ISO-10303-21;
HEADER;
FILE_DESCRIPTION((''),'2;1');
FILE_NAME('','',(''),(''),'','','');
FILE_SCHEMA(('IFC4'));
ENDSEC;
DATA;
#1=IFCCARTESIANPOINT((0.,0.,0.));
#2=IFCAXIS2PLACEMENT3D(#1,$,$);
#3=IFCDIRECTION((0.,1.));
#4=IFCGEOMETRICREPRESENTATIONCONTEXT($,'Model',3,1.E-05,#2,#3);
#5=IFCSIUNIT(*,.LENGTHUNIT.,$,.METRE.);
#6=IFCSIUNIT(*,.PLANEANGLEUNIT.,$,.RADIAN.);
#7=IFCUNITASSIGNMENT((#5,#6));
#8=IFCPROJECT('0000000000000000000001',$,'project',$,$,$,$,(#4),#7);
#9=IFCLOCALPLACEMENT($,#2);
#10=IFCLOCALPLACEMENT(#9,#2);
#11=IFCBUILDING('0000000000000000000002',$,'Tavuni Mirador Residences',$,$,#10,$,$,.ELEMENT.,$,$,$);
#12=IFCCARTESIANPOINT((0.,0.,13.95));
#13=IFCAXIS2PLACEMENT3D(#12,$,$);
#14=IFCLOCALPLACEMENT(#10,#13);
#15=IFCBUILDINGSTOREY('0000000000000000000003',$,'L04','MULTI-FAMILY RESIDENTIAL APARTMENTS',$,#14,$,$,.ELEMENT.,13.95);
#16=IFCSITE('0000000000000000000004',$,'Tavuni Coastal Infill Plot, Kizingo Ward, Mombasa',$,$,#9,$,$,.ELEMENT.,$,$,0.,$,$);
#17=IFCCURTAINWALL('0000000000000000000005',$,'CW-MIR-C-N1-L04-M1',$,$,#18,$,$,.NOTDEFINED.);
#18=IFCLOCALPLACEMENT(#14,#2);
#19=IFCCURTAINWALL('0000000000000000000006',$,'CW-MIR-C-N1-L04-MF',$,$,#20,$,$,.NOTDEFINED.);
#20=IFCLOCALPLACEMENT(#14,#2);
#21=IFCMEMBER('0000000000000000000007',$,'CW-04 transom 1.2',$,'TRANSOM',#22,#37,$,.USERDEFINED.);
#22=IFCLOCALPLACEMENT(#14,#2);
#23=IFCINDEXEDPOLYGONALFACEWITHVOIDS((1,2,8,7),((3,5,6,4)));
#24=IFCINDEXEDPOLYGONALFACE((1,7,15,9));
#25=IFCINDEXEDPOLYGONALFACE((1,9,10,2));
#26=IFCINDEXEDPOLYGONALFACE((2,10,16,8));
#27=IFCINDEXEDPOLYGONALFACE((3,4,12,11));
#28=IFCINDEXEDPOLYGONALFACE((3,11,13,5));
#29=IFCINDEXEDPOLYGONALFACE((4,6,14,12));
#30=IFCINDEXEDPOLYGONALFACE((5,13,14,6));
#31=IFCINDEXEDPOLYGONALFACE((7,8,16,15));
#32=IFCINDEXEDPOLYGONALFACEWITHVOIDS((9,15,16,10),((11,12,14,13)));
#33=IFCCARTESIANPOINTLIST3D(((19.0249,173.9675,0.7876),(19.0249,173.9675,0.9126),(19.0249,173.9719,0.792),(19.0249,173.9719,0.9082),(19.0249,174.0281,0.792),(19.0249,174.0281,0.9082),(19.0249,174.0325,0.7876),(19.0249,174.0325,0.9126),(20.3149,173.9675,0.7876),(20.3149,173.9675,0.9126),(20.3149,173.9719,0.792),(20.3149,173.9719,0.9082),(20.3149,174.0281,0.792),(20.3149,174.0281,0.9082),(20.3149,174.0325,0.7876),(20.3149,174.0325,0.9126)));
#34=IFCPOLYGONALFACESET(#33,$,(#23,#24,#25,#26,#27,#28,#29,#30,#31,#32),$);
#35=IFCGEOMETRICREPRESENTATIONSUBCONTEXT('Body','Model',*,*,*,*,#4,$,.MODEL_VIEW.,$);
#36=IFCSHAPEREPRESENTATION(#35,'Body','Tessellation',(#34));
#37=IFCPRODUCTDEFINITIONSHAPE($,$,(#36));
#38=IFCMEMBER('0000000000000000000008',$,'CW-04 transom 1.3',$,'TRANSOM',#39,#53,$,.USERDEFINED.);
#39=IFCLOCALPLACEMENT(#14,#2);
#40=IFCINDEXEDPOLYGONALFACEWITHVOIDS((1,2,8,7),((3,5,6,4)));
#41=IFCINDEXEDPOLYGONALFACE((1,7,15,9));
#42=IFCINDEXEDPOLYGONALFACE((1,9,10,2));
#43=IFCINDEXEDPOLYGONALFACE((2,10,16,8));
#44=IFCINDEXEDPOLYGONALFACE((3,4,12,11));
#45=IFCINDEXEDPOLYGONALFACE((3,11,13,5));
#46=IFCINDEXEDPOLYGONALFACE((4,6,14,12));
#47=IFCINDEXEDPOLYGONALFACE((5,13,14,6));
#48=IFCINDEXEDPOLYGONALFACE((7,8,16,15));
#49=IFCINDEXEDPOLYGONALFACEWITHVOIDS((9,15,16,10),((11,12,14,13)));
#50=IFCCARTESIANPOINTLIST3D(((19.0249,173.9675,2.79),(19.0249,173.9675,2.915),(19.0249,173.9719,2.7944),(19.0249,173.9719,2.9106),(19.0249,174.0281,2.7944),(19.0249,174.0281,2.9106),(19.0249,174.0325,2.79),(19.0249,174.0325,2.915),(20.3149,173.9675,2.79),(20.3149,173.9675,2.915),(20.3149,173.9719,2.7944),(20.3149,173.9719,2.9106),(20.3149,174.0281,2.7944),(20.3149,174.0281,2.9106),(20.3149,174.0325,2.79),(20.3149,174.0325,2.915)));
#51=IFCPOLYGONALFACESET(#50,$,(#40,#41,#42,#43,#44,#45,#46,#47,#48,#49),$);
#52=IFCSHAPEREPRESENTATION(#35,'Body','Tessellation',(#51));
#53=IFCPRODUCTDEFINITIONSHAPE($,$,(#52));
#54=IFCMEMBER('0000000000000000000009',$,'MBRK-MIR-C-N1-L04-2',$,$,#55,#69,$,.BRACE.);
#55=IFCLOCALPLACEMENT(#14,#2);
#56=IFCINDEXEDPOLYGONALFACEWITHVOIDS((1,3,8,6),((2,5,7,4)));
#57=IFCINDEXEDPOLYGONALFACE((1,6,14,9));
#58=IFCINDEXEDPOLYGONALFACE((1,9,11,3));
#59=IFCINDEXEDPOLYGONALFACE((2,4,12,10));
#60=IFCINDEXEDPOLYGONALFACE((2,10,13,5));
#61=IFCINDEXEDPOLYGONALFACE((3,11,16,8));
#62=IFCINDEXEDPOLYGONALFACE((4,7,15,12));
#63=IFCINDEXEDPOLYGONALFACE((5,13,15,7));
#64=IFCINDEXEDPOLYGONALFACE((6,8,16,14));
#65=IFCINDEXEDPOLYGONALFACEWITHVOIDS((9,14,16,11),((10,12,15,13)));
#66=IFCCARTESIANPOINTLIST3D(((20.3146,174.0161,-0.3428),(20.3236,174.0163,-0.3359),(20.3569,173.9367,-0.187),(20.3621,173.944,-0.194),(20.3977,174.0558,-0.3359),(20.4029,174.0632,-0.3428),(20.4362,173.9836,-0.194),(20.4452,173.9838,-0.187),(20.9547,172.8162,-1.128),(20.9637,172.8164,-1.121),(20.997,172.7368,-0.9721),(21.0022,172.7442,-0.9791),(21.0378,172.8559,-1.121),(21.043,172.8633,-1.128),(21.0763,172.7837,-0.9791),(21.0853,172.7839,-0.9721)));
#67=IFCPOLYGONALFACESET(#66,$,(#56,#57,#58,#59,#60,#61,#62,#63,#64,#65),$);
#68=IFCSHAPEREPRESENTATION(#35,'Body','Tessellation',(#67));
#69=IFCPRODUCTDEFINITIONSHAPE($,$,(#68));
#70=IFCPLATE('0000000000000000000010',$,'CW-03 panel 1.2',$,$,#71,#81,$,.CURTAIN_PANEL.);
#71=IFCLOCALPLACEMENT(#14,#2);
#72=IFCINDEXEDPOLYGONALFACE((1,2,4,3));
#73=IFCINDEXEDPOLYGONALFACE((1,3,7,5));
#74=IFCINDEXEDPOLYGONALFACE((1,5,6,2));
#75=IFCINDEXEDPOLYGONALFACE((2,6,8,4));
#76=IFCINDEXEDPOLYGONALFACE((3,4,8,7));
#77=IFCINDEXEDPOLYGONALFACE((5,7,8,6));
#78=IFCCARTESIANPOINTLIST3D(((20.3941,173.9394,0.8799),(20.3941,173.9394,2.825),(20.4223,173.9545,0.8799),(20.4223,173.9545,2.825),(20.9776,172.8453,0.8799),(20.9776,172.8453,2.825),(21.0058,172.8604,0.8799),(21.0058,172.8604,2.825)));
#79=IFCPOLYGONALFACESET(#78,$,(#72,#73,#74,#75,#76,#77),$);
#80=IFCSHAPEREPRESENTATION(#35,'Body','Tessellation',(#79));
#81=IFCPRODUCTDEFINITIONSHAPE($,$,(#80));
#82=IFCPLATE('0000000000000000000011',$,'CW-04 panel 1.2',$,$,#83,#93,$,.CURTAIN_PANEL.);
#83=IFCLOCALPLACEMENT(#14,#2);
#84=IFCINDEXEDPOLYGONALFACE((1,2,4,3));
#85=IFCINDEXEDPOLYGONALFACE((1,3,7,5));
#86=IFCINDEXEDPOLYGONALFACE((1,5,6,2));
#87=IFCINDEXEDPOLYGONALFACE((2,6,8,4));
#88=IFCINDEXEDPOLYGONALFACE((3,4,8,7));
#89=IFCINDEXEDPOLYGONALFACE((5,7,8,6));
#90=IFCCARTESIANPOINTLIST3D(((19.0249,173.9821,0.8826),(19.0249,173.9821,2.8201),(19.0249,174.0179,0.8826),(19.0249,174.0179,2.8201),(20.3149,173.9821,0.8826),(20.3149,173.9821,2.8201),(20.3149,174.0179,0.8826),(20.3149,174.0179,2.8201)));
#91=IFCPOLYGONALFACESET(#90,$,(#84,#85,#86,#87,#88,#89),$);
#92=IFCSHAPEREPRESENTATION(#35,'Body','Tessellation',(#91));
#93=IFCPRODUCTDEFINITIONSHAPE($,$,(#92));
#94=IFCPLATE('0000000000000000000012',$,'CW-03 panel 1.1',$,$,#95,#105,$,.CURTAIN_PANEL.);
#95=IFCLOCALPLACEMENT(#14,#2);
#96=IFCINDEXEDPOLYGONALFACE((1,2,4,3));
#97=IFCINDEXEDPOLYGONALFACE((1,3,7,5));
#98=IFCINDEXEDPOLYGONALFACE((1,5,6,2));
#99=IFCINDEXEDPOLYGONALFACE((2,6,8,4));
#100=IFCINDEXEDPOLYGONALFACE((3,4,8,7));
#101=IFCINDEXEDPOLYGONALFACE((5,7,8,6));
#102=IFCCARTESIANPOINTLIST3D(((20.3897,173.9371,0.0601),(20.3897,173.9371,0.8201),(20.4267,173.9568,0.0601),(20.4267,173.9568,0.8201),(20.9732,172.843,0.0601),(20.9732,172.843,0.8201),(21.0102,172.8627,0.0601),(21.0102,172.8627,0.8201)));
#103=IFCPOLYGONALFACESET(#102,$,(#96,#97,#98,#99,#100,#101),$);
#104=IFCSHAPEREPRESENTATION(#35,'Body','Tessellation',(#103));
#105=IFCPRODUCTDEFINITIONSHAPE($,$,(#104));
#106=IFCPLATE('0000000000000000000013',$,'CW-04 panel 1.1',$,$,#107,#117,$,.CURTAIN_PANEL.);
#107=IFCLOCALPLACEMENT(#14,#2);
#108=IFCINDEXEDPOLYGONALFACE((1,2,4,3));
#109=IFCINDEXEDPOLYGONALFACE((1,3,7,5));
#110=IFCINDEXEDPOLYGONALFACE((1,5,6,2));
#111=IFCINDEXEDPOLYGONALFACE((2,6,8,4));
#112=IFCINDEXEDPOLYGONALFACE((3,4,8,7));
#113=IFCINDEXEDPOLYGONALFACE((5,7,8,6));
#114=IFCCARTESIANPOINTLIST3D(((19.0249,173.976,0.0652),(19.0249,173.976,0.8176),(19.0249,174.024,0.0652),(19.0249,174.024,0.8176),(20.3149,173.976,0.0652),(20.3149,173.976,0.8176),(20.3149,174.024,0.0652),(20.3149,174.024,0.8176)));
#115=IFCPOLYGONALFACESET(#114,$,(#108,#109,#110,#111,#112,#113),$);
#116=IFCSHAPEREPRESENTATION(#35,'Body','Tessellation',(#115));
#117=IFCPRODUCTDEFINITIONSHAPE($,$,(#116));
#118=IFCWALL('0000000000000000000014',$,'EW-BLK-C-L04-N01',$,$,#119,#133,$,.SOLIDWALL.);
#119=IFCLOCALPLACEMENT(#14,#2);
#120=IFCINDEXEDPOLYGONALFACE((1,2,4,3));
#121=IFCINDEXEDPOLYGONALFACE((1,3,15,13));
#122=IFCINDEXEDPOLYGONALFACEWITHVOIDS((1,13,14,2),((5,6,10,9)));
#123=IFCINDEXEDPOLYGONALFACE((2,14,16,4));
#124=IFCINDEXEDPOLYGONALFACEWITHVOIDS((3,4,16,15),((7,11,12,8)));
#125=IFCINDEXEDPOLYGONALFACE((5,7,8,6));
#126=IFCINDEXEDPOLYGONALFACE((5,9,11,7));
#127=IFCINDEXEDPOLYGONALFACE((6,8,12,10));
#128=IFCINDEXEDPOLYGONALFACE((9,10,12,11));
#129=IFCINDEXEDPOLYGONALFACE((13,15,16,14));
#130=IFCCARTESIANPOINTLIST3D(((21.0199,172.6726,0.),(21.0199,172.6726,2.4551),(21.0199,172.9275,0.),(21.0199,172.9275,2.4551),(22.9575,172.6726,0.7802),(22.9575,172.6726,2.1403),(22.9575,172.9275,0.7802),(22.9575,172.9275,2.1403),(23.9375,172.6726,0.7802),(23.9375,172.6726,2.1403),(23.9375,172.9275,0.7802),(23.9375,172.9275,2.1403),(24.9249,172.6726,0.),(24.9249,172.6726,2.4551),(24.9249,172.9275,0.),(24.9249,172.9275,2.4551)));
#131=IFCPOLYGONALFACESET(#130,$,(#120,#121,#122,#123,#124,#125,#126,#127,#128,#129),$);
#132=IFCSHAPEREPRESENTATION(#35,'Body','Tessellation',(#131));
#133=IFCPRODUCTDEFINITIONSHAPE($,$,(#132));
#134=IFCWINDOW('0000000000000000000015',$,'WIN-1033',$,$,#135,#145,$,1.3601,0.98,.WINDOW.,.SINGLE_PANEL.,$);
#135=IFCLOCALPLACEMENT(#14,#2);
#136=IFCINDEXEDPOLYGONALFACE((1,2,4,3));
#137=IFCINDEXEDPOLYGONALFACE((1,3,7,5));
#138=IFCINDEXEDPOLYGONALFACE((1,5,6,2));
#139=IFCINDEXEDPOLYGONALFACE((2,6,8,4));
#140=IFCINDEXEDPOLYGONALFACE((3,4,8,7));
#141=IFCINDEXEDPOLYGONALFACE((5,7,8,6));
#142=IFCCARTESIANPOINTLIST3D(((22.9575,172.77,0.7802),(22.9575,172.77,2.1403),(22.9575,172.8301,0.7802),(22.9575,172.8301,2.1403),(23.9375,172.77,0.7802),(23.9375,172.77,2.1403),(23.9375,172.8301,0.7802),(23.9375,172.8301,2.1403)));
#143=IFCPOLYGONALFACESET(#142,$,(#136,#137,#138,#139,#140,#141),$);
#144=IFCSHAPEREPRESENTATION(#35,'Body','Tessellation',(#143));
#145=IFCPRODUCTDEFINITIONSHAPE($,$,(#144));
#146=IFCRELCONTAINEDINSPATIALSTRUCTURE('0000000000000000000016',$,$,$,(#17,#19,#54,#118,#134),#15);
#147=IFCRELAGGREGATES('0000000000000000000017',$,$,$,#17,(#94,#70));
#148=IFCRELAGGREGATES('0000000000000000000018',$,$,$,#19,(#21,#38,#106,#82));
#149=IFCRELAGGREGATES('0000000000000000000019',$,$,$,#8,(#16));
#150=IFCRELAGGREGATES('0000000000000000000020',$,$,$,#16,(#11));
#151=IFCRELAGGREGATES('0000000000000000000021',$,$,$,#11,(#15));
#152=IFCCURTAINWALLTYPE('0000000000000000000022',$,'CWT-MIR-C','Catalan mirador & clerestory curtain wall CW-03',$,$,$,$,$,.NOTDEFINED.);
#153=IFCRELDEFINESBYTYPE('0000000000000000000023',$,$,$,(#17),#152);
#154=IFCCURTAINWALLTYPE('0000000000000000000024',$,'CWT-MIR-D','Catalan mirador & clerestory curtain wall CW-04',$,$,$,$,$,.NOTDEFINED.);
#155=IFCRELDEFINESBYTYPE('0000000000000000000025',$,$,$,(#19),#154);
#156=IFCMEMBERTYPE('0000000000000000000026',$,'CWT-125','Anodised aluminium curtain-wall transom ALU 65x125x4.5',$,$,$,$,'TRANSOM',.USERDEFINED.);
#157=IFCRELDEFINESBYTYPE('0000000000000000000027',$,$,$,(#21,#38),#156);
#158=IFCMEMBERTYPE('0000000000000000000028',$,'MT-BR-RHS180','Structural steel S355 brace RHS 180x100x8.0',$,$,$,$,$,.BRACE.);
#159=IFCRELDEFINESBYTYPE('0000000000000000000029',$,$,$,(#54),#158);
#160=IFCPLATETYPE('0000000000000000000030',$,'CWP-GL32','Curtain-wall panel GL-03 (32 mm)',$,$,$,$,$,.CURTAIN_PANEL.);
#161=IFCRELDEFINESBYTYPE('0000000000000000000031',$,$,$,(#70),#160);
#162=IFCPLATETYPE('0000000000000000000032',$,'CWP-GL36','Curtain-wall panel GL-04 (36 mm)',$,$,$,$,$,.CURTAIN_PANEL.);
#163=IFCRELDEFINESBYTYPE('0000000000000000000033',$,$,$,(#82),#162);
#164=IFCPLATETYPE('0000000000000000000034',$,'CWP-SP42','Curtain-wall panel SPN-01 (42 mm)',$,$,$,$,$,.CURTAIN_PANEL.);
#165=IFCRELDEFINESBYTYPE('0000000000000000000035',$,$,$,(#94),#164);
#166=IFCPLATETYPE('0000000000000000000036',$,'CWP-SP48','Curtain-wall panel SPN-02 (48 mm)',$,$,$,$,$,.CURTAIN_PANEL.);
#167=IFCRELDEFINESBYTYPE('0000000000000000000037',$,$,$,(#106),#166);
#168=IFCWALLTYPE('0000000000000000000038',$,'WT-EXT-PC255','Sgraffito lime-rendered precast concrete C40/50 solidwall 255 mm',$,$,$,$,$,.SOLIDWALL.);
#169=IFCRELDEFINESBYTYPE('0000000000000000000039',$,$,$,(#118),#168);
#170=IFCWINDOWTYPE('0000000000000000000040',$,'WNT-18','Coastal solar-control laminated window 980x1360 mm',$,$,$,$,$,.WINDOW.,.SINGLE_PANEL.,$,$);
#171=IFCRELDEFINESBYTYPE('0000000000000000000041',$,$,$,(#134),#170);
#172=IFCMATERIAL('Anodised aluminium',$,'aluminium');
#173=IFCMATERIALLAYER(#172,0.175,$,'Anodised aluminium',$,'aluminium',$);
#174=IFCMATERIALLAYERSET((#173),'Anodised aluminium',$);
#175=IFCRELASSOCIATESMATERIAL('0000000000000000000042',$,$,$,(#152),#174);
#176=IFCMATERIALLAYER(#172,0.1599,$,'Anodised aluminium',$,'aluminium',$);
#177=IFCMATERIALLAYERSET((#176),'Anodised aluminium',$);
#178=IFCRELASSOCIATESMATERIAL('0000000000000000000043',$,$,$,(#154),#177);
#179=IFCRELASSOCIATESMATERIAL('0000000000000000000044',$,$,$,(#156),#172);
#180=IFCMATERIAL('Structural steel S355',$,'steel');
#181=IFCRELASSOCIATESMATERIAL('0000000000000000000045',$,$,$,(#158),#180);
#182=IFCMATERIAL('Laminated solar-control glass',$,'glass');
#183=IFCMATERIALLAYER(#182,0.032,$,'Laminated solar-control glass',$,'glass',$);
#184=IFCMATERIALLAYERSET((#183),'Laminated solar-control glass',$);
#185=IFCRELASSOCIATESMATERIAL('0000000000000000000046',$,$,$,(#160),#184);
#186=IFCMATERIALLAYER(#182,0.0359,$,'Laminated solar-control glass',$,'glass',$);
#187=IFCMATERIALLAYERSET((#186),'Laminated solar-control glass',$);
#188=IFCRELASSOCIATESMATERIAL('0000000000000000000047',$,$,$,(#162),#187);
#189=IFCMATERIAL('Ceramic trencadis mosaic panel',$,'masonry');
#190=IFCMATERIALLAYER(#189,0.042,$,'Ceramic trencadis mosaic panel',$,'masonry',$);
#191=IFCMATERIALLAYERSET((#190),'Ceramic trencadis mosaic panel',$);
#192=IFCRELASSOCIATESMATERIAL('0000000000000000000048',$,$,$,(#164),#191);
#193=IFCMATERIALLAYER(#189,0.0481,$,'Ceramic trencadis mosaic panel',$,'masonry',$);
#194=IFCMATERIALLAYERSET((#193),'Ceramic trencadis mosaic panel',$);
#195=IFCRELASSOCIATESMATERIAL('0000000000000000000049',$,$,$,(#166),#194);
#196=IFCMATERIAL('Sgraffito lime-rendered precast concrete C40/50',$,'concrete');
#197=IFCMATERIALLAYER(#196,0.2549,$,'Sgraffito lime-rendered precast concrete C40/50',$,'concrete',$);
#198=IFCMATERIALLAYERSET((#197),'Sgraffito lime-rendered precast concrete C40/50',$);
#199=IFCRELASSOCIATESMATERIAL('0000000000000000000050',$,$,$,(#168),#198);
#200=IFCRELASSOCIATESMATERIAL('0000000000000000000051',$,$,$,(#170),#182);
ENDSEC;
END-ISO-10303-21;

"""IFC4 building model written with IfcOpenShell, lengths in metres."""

from ifc_helpers import new_model, si_unit, direction, frame, frame_2d, origin, origin_2d, place, context, subcontext, project, spatial, rectangle, hollow_rectangle, extrude, material, layer, layer_set, material_profile, profile_set, type_object, element, fill, aggregate, save


model = new_model("IFC4")

# Units and contexts
model_context = context("Model", 3, precision=1e-05, world=origin(), true_north=direction((0.0, 1.0)))
body_context = subcontext(model_context, "Body", "Model", "MODEL_VIEW")
ifc_project = project(units=[si_unit("LENGTHUNIT", "METRE"), si_unit("PLANEANGLEUNIT", "RADIAN")], contexts=[model_context])

# Site, building, storey
site_placement = place(None, origin())
site = spatial("IfcSite", under=ifc_project, at=site_placement, Name="Tavuni Coastal Infill Plot, Kizingo Ward, Mombasa", CompositionType="ELEMENT", RefElevation=0.0)
building_placement = place(site_placement, origin())
building = spatial("IfcBuilding", under=site, at=building_placement, Name="Tavuni Mirador Residences", CompositionType="ELEMENT")
storey_placement = place(building_placement, frame((0.0, 0.0, 13.95)))
storey = spatial("IfcBuildingStorey", under=building, at=storey_placement, Name="L04", Description="MULTI-FAMILY RESIDENTIAL APARTMENTS", CompositionType="ELEMENT", Elevation=13.95)

# Curtain walls
ifc_material_1 = material(Name="Anodised aluminium", Category="aluminium")
ifc_layer_1 = layer(ifc_material_1, 0.175, Name="Anodised aluminium", Category="aluminium")
ifc_layer_set_1 = layer_set([ifc_layer_1], Name="Anodised aluminium")
curtain_wall_type_1 = type_object("IfcCurtainWallType", Name="CWT-MIR-C", Description="Catalan mirador & clerestory curtain wall CW-03", PredefinedType="NOTDEFINED", material=ifc_layer_set_1)
curtain_wall_1_placement = place(storey_placement, origin())
curtain_wall_1 = element("IfcCurtainWall", 1, at=curtain_wall_1_placement, inside=storey, type_object=curtain_wall_type_1, Name="CW-MIR-C-N1-L04-M1", PredefinedType="NOTDEFINED")
ifc_layer_2 = layer(ifc_material_1, 0.1599, Name="Anodised aluminium", Category="aluminium")
ifc_layer_set_2 = layer_set([ifc_layer_2], Name="Anodised aluminium")
curtain_wall_type_2 = type_object("IfcCurtainWallType", Name="CWT-MIR-D", Description="Catalan mirador & clerestory curtain wall CW-04", PredefinedType="NOTDEFINED", material=ifc_layer_set_2)
curtain_wall_2_placement = place(storey_placement, origin())
curtain_wall_2 = element("IfcCurtainWall", 2, at=curtain_wall_2_placement, inside=storey, type_object=curtain_wall_type_2, Name="CW-MIR-C-N1-L04-MF", PredefinedType="NOTDEFINED")

# Members
ifc_material_profile_1 = material_profile(ifc_material_1, hollow_rectangle(XDim=0.0649, YDim=0.125, WallThickness=0.0044, at=origin_2d()), Name="ALU 65x125x4.5", Category="aluminium")
ifc_profile_set_1 = profile_set([ifc_material_profile_1], Name="Anodised aluminium")
member_type_1 = type_object("IfcMemberType", Name="CWT-125", Description="Anodised aluminium curtain-wall transom ALU 65x125x4.5", ElementType="TRANSOM", PredefinedType="USERDEFINED", material=ifc_profile_set_1)
member_1_placement = place(storey_placement, frame((20.3149, 174.0, 0.8501), z_axis=(-1.0, 0.0, 0.0), x_axis=(0.0, -1.0, 0.0)))
member_1 = element("IfcMember", 3, at=member_1_placement, type_object=member_type_1, Name="CW-04 transom 1.2", ObjectType="TRANSOM", PredefinedType="USERDEFINED", context=body_context, shape_type="SweptSolid", body=[
    extrude(hollow_rectangle(XDim=0.0649, YDim=0.125, WallThickness=0.0044, at=origin_2d()), origin(), (0.0, 0.0, 1.0), 1.29),
])
member_2_placement = place(storey_placement, frame((20.3149, 174.0, 2.8525), z_axis=(-1.0, 0.0, 0.0), x_axis=(0.0, -1.0, 0.0)))
member_2 = element("IfcMember", 4, at=member_2_placement, type_object=member_type_1, Name="CW-04 transom 1.3", ObjectType="TRANSOM", PredefinedType="USERDEFINED", context=body_context, shape_type="SweptSolid", body=[
    extrude(hollow_rectangle(XDim=0.0649, YDim=0.125, WallThickness=0.0044, at=origin_2d()), origin(), (0.0, 0.0, 1.0), 1.29),
])
ifc_material_2 = material(Name="Structural steel S355", Category="steel")
ifc_material_profile_2 = material_profile(ifc_material_2, hollow_rectangle(XDim=0.1001, YDim=0.1799, WallThickness=0.0081, at=origin_2d()), Name="RHS 180x100x8.0", Category="steel")
ifc_profile_set_2 = profile_set([ifc_material_profile_2], Name="Structural steel S355")
member_type_2 = type_object("IfcMemberType", Name="MT-BR-RHS180", Description="Structural steel S355 brace RHS 180x100x8.0", PredefinedType="BRACE", material=ifc_profile_set_2)
member_3_placement = place(storey_placement, frame((21.02, 172.8, -1.05), z_axis=(-0.407629, 0.76411, 0.499975), x_axis=(-0.882303, -0.470681, 0.0)))
element("IfcMember", 5, at=member_3_placement, inside=storey, type_object=member_type_2, Name="MBRK-MIR-C-N1-L04-2", PredefinedType="BRACE", context=body_context, shape_type="SweptSolid", body=[
    extrude(hollow_rectangle(XDim=0.1001, YDim=0.1799, WallThickness=0.0081, at=origin_2d()), origin(), (0.0, 0.0, 1.0), 1.5703),
])

# Plates
ifc_material_3 = material(Name="Laminated solar-control glass", Category="glass")
ifc_layer_3 = layer(ifc_material_3, 0.032, Name="Laminated solar-control glass", Category="glass")
ifc_layer_set_3 = layer_set([ifc_layer_3], Name="Laminated solar-control glass")
plate_type_1 = type_object("IfcPlateType", Name="CWP-GL32", Description="Curtain-wall panel GL-03 (32 mm)", PredefinedType="CURTAIN_PANEL", material=ifc_layer_set_3)
plate_1_placement = place(storey_placement, frame((20.7, 173.3999, 0.8799), z_axis=(0.0, 0.0, 1.0), x_axis=(-0.470588, 0.882353, 0.0)))
plate_1 = element("IfcPlate", 6, at=plate_1_placement, type_object=plate_type_1, Name="CW-03 panel 1.2", PredefinedType="CURTAIN_PANEL", context=body_context, shape_type="SweptSolid", body=[
    extrude(rectangle(XDim=1.24, YDim=0.032, at=origin_2d()), origin(), (0.0, 0.0, 1.0), 1.9451),
])
ifc_layer_4 = layer(ifc_material_3, 0.0359, Name="Laminated solar-control glass", Category="glass")
ifc_layer_set_4 = layer_set([ifc_layer_4], Name="Laminated solar-control glass")
plate_type_2 = type_object("IfcPlateType", Name="CWP-GL36", Description="Curtain-wall panel GL-04 (36 mm)", PredefinedType="CURTAIN_PANEL", material=ifc_layer_set_4)
plate_2_placement = place(storey_placement, frame((19.6699, 174.0, 0.8826), z_axis=(0.0, 0.0, 1.0), x_axis=(-1.0, 0.0, 0.0)))
plate_2 = element("IfcPlate", 7, at=plate_2_placement, type_object=plate_type_2, Name="CW-04 panel 1.2", PredefinedType="CURTAIN_PANEL", context=body_context, shape_type="SweptSolid", body=[
    extrude(rectangle(XDim=1.29, YDim=0.0359, at=origin_2d()), origin(), (0.0, 0.0, 1.0), 1.9375),
])
ifc_material_4 = material(Name="Ceramic trencadis mosaic panel", Category="masonry")
ifc_layer_5 = layer(ifc_material_4, 0.042, Name="Ceramic trencadis mosaic panel", Category="masonry")
ifc_layer_set_5 = layer_set([ifc_layer_5], Name="Ceramic trencadis mosaic panel")
plate_type_3 = type_object("IfcPlateType", Name="CWP-SP42", Description="Curtain-wall panel SPN-01 (42 mm)", PredefinedType="CURTAIN_PANEL", material=ifc_layer_set_5)
plate_3_placement = place(storey_placement, frame((20.7, 173.3999, 0.0601), z_axis=(0.0, 0.0, 1.0), x_axis=(-0.470588, 0.882353, 0.0)))
plate_3 = element("IfcPlate", 8, at=plate_3_placement, type_object=plate_type_3, Name="CW-03 panel 1.1", PredefinedType="CURTAIN_PANEL", context=body_context, shape_type="SweptSolid", body=[
    extrude(rectangle(XDim=1.24, YDim=0.042, at=origin_2d()), origin(), (0.0, 0.0, 1.0), 0.76),
])
aggregate(curtain_wall_1, [plate_3, plate_1])
ifc_layer_6 = layer(ifc_material_4, 0.0481, Name="Ceramic trencadis mosaic panel", Category="masonry")
ifc_layer_set_6 = layer_set([ifc_layer_6], Name="Ceramic trencadis mosaic panel")
plate_type_4 = type_object("IfcPlateType", Name="CWP-SP48", Description="Curtain-wall panel SPN-02 (48 mm)", PredefinedType="CURTAIN_PANEL", material=ifc_layer_set_6)
plate_4_placement = place(storey_placement, frame((19.6699, 174.0, 0.0652), z_axis=(0.0, 0.0, 1.0), x_axis=(-1.0, 0.0, 0.0)))
plate_4 = element("IfcPlate", 9, at=plate_4_placement, type_object=plate_type_4, Name="CW-04 panel 1.1", PredefinedType="CURTAIN_PANEL", context=body_context, shape_type="SweptSolid", body=[
    extrude(rectangle(XDim=1.29, YDim=0.0481, at=origin_2d()), origin(), (0.0, 0.0, 1.0), 0.7524),
])
aggregate(curtain_wall_2, [member_1, member_2, plate_4, plate_2])

# Wall, opening, window
ifc_material_5 = material(Name="Sgraffito lime-rendered precast concrete C40/50", Category="concrete")
ifc_layer_7 = layer(ifc_material_5, 0.2549, Name="Sgraffito lime-rendered precast concrete C40/50", Category="concrete")
ifc_layer_set_7 = layer_set([ifc_layer_7], Name="Sgraffito lime-rendered precast concrete C40/50")
wall_type_1 = type_object("IfcWallType", Name="WT-EXT-PC255", Description="Sgraffito lime-rendered precast concrete C40/50 solidwall 255 mm", PredefinedType="SOLIDWALL", material=ifc_layer_set_7)
wall_1_placement = place(storey_placement, frame((24.925, 172.8, 0.0), z_axis=(0.0, 0.0, 1.0), x_axis=(-1.0, 0.0, 0.0)))
wall_1 = element("IfcWall", 10, at=wall_1_placement, inside=storey, type_object=wall_type_1, Name="EW-BLK-C-L04-N01", PredefinedType="SOLIDWALL", context=body_context, shape_type="SweptSolid", body=[
    extrude(rectangle(XDim=3.905, YDim=0.2549, at=frame_2d((1.9526, 0.0))), origin(), (0.0, 0.0, 1.0), 2.4551),
])
opening_1_placement = place(wall_1_placement, frame((0.9875, 0.0, 0.78)))
opening_1 = element("IfcOpeningElement", 11, at=opening_1_placement, cuts=wall_1, PredefinedType="OPENING", context=body_context, shape_type="SweptSolid", body=[
    extrude(rectangle(XDim=0.98, YDim=1.3601, at=frame_2d((0.49, 0.6802))), frame((0.0, 0.1375, 0.0), z_axis=(0.0, -1.0, 0.0), x_axis=(1.0, 0.0, 0.0)), (0.0, 0.0, 1.0), 0.2749),
])
window_type = type_object("IfcWindowType", Name="WNT-18", Description="Coastal solar-control laminated window 980x1360 mm", PartitioningType="SINGLE_PANEL", PredefinedType="WINDOW", material=ifc_material_3)
window_placement = place(opening_1_placement, origin())
window = element("IfcWindow", 12, at=window_placement, inside=storey, type_object=window_type, Name="WIN-1033", OverallHeight=1.3601, OverallWidth=0.98, PartitioningType="SINGLE_PANEL", PredefinedType="WINDOW", context=body_context, shape_type="SweptSolid", body=[
    extrude(rectangle(XDim=0.98, YDim=1.3601, at=frame_2d((0.49, 0.6802))), frame((0.0, 0.03, 0.0), z_axis=(0.0, -1.0, 0.0), x_axis=(1.0, 0.0, 0.0)), (0.0, 0.0, 1.0), 0.0601),
])
fill(opening_1, window)

save(model, "model.ifc")
